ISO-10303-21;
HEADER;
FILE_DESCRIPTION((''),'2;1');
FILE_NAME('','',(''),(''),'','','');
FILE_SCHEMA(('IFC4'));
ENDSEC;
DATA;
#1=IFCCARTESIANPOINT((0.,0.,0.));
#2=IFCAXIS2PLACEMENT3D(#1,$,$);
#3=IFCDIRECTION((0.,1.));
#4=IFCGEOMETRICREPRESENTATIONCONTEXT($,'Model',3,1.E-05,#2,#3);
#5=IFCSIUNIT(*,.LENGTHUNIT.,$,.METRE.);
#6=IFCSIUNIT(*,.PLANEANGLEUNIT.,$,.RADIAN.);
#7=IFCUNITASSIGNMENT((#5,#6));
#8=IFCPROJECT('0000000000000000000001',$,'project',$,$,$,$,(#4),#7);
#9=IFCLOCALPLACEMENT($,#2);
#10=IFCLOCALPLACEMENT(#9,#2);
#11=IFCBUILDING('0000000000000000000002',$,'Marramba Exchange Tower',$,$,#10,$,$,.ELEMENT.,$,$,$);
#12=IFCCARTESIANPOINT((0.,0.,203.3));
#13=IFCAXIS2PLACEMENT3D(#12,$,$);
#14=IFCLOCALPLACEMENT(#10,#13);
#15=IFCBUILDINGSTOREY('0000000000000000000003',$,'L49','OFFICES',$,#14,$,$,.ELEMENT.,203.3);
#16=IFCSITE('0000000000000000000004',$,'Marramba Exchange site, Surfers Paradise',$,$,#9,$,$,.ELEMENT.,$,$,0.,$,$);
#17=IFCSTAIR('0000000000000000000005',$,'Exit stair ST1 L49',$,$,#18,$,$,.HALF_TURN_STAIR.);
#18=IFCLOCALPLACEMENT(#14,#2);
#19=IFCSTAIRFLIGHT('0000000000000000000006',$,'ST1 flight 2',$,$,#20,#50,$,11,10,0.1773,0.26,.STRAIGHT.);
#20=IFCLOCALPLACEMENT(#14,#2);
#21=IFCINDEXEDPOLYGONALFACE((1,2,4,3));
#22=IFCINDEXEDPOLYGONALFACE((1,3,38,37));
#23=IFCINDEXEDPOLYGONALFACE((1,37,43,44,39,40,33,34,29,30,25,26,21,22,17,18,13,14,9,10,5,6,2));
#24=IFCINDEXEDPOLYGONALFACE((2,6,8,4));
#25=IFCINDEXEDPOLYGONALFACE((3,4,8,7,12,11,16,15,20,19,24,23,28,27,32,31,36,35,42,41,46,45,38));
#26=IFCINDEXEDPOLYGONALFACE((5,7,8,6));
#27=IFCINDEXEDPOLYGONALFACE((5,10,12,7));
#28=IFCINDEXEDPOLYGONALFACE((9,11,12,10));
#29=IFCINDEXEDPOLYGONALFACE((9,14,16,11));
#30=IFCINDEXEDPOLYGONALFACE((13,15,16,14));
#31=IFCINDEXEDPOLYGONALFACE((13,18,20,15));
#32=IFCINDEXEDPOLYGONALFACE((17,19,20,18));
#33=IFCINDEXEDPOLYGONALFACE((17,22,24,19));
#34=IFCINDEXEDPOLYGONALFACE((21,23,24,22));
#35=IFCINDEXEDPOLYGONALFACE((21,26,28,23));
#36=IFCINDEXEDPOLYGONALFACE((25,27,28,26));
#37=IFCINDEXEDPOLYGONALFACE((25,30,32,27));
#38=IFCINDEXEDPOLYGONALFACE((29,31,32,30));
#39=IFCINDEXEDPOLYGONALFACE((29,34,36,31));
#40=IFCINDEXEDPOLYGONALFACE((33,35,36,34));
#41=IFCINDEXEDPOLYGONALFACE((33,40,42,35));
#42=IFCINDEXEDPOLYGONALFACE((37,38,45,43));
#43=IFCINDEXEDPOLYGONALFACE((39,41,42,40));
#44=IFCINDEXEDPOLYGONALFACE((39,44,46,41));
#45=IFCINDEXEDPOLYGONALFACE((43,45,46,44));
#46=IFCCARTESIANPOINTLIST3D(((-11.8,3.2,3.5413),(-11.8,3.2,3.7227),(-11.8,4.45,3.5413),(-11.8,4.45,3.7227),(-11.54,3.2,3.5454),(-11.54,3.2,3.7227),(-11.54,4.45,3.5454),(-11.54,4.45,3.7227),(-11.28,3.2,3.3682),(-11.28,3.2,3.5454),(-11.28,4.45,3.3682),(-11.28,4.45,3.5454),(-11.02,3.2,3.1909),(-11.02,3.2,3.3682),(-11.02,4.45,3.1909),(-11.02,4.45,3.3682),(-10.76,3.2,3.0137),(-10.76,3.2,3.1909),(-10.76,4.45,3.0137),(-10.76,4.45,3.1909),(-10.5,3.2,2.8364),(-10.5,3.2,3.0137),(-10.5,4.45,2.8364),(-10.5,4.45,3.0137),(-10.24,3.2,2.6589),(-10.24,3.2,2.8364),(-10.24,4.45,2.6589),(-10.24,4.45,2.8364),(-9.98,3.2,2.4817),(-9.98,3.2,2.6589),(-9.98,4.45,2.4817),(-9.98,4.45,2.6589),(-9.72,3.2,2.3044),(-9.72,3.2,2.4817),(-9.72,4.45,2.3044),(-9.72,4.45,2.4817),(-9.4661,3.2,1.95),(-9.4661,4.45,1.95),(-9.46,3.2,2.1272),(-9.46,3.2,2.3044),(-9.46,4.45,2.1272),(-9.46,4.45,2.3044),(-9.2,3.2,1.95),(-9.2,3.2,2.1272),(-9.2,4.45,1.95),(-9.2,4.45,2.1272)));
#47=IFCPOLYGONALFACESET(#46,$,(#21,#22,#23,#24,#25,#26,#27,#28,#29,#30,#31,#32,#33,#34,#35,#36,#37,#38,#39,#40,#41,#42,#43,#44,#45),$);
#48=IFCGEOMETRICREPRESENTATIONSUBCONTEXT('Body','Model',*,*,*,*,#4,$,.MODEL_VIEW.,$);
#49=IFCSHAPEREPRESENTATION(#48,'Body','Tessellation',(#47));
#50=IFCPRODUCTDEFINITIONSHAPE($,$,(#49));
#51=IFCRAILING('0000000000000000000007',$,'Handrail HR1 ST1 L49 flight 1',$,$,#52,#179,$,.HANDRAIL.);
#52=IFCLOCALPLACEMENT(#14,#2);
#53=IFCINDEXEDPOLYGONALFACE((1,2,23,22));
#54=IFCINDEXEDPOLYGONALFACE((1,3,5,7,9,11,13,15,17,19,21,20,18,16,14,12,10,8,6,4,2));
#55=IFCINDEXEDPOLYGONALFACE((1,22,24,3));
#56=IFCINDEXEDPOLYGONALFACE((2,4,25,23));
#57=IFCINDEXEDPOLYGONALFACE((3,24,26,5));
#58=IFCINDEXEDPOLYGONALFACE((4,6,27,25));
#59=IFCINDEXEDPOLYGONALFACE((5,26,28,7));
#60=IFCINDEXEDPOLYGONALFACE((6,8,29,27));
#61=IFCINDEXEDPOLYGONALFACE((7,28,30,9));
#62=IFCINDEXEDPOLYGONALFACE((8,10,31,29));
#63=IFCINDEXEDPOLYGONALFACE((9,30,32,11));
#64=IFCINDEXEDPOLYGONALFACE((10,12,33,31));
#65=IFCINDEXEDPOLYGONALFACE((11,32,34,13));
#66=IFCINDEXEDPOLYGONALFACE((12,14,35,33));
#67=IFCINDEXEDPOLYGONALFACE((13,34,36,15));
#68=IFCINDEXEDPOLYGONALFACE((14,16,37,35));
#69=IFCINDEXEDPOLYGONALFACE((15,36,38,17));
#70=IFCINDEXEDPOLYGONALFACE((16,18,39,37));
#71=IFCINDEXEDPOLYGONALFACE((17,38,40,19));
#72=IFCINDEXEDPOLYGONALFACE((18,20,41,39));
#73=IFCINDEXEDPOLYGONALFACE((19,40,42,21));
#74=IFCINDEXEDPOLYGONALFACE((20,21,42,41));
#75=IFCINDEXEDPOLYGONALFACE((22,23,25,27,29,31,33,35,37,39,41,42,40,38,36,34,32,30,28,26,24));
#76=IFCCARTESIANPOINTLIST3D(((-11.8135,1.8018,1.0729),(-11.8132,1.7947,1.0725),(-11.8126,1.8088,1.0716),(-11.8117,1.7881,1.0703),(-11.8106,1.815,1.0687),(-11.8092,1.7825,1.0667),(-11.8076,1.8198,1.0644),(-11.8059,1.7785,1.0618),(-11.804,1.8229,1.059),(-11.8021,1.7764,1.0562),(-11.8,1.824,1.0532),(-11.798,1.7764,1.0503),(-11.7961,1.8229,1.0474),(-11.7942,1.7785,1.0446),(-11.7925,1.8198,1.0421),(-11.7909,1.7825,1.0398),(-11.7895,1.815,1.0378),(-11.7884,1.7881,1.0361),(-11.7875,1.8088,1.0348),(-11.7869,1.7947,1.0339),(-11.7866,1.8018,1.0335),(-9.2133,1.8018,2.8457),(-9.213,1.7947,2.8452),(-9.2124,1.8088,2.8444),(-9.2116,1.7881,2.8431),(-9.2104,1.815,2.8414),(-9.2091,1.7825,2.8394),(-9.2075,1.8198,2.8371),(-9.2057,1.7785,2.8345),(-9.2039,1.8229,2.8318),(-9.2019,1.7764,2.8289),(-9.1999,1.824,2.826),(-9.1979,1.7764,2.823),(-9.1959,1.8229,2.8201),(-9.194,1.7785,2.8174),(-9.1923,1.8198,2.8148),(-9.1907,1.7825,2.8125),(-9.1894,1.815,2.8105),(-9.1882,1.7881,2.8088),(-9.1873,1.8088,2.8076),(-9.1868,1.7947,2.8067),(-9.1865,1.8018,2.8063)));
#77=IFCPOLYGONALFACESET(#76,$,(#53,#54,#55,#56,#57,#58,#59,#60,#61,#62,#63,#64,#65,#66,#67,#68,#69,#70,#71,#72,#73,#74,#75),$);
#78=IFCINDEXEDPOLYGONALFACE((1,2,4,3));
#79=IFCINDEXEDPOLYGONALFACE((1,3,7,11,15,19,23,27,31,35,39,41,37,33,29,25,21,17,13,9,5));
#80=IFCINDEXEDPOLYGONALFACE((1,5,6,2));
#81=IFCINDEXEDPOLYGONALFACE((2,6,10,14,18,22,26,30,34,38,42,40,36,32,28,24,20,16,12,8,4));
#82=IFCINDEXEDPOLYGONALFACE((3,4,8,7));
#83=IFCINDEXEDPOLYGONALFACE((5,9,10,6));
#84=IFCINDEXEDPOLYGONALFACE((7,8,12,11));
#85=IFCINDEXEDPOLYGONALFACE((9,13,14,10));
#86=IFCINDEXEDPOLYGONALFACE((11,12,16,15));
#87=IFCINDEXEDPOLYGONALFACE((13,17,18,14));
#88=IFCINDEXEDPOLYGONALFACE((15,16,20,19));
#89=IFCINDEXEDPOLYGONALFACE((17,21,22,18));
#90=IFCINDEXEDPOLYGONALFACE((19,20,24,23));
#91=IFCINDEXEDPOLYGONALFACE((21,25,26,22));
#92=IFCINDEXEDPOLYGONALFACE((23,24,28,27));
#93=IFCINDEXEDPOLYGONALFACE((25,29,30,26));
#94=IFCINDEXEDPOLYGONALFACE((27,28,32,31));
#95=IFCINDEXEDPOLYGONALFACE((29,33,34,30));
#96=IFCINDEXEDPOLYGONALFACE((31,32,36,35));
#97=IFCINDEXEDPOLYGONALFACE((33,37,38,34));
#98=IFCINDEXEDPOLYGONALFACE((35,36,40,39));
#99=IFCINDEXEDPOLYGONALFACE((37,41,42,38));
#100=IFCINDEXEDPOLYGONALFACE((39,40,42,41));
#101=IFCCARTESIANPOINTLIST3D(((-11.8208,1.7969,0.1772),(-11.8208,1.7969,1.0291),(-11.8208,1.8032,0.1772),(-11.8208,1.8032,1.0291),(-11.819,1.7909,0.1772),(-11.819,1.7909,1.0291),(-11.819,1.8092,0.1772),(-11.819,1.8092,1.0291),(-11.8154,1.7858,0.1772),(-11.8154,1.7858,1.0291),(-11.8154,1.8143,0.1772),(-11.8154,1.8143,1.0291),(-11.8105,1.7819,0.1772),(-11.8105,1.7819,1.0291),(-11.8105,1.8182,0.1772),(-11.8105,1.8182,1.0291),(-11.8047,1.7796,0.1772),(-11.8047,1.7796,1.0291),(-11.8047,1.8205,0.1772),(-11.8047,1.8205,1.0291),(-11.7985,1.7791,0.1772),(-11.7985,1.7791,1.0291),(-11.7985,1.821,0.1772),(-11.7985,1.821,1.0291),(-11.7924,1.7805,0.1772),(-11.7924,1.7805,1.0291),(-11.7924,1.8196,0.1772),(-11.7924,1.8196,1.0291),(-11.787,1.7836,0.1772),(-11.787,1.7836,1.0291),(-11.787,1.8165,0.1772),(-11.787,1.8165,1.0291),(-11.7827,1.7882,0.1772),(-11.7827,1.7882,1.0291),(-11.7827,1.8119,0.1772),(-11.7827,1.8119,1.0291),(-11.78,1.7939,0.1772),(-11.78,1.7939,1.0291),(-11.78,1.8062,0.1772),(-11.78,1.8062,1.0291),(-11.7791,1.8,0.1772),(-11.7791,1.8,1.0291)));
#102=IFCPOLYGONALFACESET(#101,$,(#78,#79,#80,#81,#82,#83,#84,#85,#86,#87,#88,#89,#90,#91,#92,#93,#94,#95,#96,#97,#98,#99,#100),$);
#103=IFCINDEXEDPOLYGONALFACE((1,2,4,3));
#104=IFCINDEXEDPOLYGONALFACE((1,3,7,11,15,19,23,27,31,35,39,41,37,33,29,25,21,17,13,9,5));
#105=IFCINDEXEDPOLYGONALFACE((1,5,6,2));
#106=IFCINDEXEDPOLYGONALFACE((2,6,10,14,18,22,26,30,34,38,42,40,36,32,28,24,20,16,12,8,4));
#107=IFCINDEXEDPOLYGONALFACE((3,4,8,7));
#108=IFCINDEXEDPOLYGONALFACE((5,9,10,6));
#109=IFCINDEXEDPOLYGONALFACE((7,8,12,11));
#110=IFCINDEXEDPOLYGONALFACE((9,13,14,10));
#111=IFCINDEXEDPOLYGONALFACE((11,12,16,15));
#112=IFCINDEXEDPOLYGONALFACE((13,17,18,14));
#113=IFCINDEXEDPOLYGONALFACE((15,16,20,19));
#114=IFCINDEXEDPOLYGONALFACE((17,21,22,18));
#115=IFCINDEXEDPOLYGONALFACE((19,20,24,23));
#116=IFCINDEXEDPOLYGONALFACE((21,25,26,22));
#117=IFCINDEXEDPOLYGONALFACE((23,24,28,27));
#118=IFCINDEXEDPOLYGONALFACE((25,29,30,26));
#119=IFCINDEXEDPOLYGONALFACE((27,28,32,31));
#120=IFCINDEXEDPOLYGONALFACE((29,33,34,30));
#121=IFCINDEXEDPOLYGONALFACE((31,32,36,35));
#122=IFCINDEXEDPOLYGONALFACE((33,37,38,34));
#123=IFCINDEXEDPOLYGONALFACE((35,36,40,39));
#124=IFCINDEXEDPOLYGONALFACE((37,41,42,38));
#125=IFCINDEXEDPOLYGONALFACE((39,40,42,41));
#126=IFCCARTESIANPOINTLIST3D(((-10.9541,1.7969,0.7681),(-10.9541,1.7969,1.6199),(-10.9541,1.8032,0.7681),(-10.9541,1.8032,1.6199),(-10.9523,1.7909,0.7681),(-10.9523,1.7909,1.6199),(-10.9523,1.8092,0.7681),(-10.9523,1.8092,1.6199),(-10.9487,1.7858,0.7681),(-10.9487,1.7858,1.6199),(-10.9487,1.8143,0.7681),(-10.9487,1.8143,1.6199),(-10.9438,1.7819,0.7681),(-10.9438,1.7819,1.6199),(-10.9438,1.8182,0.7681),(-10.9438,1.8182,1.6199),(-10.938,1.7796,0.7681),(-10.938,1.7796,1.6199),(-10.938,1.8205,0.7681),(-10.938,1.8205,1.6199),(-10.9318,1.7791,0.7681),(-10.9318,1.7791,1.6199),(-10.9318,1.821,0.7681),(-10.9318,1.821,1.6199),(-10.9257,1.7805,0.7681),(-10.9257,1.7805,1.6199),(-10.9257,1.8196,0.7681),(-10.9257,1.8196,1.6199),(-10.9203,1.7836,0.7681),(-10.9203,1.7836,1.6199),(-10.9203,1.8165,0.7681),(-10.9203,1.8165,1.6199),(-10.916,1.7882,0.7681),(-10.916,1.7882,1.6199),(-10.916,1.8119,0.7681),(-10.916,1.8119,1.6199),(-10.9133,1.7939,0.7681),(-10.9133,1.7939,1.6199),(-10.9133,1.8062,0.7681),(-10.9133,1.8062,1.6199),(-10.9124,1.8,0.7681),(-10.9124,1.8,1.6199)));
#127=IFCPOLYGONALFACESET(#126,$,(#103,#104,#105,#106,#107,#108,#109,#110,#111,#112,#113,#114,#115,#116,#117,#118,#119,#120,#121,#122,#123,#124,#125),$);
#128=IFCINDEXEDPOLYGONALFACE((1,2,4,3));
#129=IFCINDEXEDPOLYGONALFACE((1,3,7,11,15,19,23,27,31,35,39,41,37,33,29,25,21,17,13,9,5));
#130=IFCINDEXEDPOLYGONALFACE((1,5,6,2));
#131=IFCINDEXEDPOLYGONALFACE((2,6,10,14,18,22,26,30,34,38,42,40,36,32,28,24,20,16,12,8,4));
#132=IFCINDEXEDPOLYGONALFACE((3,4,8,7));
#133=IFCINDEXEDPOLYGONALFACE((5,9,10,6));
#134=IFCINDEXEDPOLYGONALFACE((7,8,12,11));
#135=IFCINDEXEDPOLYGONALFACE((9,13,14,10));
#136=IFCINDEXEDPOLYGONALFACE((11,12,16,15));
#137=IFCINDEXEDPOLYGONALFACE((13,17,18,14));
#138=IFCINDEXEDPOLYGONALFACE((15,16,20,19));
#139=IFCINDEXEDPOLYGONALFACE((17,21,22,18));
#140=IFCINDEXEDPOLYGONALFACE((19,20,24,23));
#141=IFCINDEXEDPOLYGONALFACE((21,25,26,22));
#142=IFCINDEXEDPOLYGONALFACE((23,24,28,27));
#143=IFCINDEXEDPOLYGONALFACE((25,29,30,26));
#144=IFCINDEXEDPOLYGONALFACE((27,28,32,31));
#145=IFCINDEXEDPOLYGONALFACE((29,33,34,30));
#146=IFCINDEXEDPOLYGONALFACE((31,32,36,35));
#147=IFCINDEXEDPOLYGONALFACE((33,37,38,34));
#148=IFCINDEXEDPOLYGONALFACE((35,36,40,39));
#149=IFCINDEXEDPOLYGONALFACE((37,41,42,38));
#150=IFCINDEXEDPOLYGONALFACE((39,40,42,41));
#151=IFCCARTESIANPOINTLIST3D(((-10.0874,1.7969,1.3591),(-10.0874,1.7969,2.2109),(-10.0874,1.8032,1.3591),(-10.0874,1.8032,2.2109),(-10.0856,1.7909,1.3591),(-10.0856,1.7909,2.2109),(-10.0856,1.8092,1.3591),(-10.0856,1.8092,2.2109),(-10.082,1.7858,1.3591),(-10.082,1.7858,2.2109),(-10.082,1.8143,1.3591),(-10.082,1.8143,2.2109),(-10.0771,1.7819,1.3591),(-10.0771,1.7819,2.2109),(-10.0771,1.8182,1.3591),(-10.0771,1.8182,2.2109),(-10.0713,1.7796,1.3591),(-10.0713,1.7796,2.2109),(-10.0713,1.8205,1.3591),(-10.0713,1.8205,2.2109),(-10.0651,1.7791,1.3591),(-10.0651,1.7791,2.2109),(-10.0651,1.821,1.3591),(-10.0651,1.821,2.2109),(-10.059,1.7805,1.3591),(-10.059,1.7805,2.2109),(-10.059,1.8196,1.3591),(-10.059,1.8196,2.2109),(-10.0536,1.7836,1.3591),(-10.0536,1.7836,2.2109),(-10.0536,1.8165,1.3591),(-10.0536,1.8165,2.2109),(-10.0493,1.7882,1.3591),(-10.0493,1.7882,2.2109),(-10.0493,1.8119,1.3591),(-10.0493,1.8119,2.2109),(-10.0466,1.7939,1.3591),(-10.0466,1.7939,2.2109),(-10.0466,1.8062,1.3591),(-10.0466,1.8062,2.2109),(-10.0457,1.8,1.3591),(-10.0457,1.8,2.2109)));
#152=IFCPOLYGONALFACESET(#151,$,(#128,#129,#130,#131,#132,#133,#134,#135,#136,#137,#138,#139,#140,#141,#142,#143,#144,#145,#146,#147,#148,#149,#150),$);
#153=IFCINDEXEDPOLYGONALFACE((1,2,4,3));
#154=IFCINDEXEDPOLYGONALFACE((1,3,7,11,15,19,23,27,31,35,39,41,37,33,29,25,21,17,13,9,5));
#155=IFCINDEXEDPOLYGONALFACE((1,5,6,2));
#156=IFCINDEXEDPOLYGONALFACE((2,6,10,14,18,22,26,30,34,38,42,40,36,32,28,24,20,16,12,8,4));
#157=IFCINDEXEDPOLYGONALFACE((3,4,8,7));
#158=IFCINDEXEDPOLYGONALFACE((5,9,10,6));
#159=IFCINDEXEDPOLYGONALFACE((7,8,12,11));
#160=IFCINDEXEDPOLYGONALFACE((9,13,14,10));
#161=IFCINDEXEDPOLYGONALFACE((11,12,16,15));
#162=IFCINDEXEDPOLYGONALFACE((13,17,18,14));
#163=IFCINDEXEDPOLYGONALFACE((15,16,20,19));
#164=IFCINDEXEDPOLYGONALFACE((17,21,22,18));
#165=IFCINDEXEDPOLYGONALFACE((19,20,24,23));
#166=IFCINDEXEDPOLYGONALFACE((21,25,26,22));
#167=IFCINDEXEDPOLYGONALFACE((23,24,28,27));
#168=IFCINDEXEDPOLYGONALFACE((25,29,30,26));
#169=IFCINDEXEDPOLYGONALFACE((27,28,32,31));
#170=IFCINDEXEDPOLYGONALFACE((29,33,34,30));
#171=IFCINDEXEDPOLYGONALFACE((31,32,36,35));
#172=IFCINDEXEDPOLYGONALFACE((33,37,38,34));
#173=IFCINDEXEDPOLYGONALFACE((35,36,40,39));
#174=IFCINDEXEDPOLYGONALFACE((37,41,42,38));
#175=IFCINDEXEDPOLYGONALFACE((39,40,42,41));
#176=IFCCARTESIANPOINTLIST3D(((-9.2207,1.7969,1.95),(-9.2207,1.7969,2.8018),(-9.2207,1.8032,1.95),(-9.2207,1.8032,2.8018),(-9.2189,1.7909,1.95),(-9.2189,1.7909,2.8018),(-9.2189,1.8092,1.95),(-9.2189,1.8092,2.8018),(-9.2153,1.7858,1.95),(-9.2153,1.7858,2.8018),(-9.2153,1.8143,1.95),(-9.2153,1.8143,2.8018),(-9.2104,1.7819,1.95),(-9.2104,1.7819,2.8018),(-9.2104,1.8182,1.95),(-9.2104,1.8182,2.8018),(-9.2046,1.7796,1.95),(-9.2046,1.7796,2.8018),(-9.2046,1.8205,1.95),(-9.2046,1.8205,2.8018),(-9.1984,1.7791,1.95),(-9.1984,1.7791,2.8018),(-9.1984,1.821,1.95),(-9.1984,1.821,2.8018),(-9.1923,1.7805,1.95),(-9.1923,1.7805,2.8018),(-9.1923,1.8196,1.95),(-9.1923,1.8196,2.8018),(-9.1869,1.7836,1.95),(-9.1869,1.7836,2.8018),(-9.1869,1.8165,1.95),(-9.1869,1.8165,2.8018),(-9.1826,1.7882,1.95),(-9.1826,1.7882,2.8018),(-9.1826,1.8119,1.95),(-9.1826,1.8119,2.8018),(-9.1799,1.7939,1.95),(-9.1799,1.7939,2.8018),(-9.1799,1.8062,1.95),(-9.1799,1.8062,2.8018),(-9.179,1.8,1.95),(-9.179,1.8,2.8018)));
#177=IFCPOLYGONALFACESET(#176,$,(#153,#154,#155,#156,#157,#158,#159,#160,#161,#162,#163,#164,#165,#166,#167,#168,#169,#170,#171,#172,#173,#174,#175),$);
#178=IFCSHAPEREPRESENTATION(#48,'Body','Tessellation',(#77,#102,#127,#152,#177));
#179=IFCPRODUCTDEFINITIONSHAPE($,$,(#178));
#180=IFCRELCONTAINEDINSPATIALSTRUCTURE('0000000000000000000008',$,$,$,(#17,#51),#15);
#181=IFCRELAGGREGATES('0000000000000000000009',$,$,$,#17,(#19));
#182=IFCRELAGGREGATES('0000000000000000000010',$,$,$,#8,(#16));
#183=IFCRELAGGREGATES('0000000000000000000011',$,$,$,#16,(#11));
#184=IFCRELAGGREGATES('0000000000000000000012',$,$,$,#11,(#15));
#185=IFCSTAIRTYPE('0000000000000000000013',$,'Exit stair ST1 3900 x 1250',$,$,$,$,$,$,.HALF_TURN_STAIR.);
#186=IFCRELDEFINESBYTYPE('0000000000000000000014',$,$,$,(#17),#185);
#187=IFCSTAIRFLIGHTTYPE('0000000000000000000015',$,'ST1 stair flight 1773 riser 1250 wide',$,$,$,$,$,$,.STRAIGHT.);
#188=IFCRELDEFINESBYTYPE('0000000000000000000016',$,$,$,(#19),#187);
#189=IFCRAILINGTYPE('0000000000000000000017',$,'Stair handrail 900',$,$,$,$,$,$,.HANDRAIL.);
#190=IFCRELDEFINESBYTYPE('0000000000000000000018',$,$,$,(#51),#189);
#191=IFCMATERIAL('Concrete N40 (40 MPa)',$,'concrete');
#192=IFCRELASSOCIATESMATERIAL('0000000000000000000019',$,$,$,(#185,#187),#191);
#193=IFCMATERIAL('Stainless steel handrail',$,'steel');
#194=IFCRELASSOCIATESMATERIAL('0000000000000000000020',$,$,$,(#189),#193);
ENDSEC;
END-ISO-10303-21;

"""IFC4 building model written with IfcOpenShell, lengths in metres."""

from ifc_helpers import new_model, si_unit, direction, frame, origin, origin_2d, place, context, subcontext, project, spatial, polyline, circle, outline, extrude, material, type_object, element, aggregate, save


model = new_model("IFC4")

# Units and contexts
model_context = context("Model", 3, precision=1e-05, world=origin(), true_north=direction((0.0, 1.0)))
body_context = subcontext(model_context, "Body", "Model", "MODEL_VIEW")
ifc_project = project(units=[si_unit("LENGTHUNIT", "METRE"), si_unit("PLANEANGLEUNIT", "RADIAN")], contexts=[model_context])

# Site, building, storey
site_placement = place(None, origin())
site = spatial("IfcSite", under=ifc_project, at=site_placement, Name="Marramba Exchange site, Surfers Paradise", CompositionType="ELEMENT", RefElevation=0.0)
building_placement = place(site_placement, origin())
building = spatial("IfcBuilding", under=site, at=building_placement, Name="Marramba Exchange Tower", CompositionType="ELEMENT")
storey_placement = place(building_placement, frame((0.0, 0.0, 203.3)))
storey = spatial("IfcBuildingStorey", under=building, at=storey_placement, Name="L49", Description="OFFICES", CompositionType="ELEMENT", Elevation=203.3)

# Stair, stair flight
ifc_material_1 = material(Name="Concrete N40 (40 MPa)", Category="concrete")
stair_type = type_object("IfcStairType", Name="Exit stair ST1 3900 x 1250", PredefinedType="HALF_TURN_STAIR", material=ifc_material_1)
stair_placement = place(storey_placement, origin())
stair = element("IfcStair", 1, at=stair_placement, inside=storey, type_object=stair_type, Name="Exit stair ST1 L49", PredefinedType="HALF_TURN_STAIR")
stair_flight_type = type_object("IfcStairFlightType", Name="ST1 stair flight 1773 riser 1250 wide", PredefinedType="STRAIGHT", material=ifc_material_1)
stair_flight_1_placement = place(storey_placement, frame((-9.2, 3.825, 1.95), z_axis=(0.0, 0.0, 1.0), x_axis=(-1.0, 0.0, 0.0)))
stair_flight_1 = element("IfcStairFlight", 2, at=stair_flight_1_placement, type_object=stair_flight_type, Name="ST1 flight 2", NumberOfRisers=11, NumberOfTreads=10, PredefinedType="STRAIGHT", RiserHeight=0.1773, TreadLength=0.26, context=body_context, shape_type="SweptSolid", body=[
    extrude(outline(polyline([(0.0, 0.0), (0.0, 0.1772), (0.26, 0.1772), (0.26, 0.3545), (0.52, 0.3545), (0.52, 0.5317), (0.78, 0.5317), (0.78, 0.709), (1.04, 0.709), (1.04, 0.8865), (1.3, 0.8865), (1.3, 1.0637), (1.5601, 1.0637), (1.5601, 1.241), (1.8201, 1.241), (1.8201, 1.4182), (2.0801, 1.4182), (2.0801, 1.5955), (2.3401, 1.5955), (2.3401, 1.7727), (2.6001, 1.7727), (2.6001, 1.95), (2.6001, 1.5913), (0.2661, 0.0), (0.0, 0.0)])), frame((0.0, 0.625, 0.0), z_axis=(0.0, -1.0, 0.0), x_axis=(1.0, 0.0, 0.0)), (0.0, 0.0, 1.0), 1.25),
])
aggregate(stair, [stair_flight_1])

# Railing
ifc_material_2 = material(Name="Stainless steel handrail", Category="steel")
railing_type = type_object("IfcRailingType", Name="Stair handrail 900", PredefinedType="HANDRAIL", material=ifc_material_2)
railing_1_placement = place(storey_placement, frame((-11.8, 1.8, 0.1772)))
element("IfcRailing", 3, at=railing_1_placement, inside=storey, type_object=railing_type, Name="Handrail HR1 ST1 L49 flight 1", PredefinedType="HANDRAIL", context=body_context, shape_type="SweptSolid", body=[
    extrude(circle(Radius=0.0239, at=origin_2d()), frame((0.0, 0.0, 0.876), z_axis=(0.82624, 0.0, 0.563318), x_axis=(0.0, 1.0, 0.0)), (0.0, 0.0, 1.0), 3.147),
    extrude(circle(Radius=0.021, at=origin_2d()), origin(), (0.0, 0.0, 1.0), 0.8518),
    extrude(circle(Radius=0.021, at=origin_2d()), frame((0.8667, 0.0, 0.5908)), (0.0, 0.0, 1.0), 0.8518),
    extrude(circle(Radius=0.021, at=origin_2d()), frame((1.7334, 0.0, 1.1819)), (0.0, 0.0, 1.0), 0.8518),
    extrude(circle(Radius=0.021, at=origin_2d()), frame((2.6001, 0.0, 1.7727)), (0.0, 0.0, 1.0), 0.8518),
])

save(model, "model.ifc")
